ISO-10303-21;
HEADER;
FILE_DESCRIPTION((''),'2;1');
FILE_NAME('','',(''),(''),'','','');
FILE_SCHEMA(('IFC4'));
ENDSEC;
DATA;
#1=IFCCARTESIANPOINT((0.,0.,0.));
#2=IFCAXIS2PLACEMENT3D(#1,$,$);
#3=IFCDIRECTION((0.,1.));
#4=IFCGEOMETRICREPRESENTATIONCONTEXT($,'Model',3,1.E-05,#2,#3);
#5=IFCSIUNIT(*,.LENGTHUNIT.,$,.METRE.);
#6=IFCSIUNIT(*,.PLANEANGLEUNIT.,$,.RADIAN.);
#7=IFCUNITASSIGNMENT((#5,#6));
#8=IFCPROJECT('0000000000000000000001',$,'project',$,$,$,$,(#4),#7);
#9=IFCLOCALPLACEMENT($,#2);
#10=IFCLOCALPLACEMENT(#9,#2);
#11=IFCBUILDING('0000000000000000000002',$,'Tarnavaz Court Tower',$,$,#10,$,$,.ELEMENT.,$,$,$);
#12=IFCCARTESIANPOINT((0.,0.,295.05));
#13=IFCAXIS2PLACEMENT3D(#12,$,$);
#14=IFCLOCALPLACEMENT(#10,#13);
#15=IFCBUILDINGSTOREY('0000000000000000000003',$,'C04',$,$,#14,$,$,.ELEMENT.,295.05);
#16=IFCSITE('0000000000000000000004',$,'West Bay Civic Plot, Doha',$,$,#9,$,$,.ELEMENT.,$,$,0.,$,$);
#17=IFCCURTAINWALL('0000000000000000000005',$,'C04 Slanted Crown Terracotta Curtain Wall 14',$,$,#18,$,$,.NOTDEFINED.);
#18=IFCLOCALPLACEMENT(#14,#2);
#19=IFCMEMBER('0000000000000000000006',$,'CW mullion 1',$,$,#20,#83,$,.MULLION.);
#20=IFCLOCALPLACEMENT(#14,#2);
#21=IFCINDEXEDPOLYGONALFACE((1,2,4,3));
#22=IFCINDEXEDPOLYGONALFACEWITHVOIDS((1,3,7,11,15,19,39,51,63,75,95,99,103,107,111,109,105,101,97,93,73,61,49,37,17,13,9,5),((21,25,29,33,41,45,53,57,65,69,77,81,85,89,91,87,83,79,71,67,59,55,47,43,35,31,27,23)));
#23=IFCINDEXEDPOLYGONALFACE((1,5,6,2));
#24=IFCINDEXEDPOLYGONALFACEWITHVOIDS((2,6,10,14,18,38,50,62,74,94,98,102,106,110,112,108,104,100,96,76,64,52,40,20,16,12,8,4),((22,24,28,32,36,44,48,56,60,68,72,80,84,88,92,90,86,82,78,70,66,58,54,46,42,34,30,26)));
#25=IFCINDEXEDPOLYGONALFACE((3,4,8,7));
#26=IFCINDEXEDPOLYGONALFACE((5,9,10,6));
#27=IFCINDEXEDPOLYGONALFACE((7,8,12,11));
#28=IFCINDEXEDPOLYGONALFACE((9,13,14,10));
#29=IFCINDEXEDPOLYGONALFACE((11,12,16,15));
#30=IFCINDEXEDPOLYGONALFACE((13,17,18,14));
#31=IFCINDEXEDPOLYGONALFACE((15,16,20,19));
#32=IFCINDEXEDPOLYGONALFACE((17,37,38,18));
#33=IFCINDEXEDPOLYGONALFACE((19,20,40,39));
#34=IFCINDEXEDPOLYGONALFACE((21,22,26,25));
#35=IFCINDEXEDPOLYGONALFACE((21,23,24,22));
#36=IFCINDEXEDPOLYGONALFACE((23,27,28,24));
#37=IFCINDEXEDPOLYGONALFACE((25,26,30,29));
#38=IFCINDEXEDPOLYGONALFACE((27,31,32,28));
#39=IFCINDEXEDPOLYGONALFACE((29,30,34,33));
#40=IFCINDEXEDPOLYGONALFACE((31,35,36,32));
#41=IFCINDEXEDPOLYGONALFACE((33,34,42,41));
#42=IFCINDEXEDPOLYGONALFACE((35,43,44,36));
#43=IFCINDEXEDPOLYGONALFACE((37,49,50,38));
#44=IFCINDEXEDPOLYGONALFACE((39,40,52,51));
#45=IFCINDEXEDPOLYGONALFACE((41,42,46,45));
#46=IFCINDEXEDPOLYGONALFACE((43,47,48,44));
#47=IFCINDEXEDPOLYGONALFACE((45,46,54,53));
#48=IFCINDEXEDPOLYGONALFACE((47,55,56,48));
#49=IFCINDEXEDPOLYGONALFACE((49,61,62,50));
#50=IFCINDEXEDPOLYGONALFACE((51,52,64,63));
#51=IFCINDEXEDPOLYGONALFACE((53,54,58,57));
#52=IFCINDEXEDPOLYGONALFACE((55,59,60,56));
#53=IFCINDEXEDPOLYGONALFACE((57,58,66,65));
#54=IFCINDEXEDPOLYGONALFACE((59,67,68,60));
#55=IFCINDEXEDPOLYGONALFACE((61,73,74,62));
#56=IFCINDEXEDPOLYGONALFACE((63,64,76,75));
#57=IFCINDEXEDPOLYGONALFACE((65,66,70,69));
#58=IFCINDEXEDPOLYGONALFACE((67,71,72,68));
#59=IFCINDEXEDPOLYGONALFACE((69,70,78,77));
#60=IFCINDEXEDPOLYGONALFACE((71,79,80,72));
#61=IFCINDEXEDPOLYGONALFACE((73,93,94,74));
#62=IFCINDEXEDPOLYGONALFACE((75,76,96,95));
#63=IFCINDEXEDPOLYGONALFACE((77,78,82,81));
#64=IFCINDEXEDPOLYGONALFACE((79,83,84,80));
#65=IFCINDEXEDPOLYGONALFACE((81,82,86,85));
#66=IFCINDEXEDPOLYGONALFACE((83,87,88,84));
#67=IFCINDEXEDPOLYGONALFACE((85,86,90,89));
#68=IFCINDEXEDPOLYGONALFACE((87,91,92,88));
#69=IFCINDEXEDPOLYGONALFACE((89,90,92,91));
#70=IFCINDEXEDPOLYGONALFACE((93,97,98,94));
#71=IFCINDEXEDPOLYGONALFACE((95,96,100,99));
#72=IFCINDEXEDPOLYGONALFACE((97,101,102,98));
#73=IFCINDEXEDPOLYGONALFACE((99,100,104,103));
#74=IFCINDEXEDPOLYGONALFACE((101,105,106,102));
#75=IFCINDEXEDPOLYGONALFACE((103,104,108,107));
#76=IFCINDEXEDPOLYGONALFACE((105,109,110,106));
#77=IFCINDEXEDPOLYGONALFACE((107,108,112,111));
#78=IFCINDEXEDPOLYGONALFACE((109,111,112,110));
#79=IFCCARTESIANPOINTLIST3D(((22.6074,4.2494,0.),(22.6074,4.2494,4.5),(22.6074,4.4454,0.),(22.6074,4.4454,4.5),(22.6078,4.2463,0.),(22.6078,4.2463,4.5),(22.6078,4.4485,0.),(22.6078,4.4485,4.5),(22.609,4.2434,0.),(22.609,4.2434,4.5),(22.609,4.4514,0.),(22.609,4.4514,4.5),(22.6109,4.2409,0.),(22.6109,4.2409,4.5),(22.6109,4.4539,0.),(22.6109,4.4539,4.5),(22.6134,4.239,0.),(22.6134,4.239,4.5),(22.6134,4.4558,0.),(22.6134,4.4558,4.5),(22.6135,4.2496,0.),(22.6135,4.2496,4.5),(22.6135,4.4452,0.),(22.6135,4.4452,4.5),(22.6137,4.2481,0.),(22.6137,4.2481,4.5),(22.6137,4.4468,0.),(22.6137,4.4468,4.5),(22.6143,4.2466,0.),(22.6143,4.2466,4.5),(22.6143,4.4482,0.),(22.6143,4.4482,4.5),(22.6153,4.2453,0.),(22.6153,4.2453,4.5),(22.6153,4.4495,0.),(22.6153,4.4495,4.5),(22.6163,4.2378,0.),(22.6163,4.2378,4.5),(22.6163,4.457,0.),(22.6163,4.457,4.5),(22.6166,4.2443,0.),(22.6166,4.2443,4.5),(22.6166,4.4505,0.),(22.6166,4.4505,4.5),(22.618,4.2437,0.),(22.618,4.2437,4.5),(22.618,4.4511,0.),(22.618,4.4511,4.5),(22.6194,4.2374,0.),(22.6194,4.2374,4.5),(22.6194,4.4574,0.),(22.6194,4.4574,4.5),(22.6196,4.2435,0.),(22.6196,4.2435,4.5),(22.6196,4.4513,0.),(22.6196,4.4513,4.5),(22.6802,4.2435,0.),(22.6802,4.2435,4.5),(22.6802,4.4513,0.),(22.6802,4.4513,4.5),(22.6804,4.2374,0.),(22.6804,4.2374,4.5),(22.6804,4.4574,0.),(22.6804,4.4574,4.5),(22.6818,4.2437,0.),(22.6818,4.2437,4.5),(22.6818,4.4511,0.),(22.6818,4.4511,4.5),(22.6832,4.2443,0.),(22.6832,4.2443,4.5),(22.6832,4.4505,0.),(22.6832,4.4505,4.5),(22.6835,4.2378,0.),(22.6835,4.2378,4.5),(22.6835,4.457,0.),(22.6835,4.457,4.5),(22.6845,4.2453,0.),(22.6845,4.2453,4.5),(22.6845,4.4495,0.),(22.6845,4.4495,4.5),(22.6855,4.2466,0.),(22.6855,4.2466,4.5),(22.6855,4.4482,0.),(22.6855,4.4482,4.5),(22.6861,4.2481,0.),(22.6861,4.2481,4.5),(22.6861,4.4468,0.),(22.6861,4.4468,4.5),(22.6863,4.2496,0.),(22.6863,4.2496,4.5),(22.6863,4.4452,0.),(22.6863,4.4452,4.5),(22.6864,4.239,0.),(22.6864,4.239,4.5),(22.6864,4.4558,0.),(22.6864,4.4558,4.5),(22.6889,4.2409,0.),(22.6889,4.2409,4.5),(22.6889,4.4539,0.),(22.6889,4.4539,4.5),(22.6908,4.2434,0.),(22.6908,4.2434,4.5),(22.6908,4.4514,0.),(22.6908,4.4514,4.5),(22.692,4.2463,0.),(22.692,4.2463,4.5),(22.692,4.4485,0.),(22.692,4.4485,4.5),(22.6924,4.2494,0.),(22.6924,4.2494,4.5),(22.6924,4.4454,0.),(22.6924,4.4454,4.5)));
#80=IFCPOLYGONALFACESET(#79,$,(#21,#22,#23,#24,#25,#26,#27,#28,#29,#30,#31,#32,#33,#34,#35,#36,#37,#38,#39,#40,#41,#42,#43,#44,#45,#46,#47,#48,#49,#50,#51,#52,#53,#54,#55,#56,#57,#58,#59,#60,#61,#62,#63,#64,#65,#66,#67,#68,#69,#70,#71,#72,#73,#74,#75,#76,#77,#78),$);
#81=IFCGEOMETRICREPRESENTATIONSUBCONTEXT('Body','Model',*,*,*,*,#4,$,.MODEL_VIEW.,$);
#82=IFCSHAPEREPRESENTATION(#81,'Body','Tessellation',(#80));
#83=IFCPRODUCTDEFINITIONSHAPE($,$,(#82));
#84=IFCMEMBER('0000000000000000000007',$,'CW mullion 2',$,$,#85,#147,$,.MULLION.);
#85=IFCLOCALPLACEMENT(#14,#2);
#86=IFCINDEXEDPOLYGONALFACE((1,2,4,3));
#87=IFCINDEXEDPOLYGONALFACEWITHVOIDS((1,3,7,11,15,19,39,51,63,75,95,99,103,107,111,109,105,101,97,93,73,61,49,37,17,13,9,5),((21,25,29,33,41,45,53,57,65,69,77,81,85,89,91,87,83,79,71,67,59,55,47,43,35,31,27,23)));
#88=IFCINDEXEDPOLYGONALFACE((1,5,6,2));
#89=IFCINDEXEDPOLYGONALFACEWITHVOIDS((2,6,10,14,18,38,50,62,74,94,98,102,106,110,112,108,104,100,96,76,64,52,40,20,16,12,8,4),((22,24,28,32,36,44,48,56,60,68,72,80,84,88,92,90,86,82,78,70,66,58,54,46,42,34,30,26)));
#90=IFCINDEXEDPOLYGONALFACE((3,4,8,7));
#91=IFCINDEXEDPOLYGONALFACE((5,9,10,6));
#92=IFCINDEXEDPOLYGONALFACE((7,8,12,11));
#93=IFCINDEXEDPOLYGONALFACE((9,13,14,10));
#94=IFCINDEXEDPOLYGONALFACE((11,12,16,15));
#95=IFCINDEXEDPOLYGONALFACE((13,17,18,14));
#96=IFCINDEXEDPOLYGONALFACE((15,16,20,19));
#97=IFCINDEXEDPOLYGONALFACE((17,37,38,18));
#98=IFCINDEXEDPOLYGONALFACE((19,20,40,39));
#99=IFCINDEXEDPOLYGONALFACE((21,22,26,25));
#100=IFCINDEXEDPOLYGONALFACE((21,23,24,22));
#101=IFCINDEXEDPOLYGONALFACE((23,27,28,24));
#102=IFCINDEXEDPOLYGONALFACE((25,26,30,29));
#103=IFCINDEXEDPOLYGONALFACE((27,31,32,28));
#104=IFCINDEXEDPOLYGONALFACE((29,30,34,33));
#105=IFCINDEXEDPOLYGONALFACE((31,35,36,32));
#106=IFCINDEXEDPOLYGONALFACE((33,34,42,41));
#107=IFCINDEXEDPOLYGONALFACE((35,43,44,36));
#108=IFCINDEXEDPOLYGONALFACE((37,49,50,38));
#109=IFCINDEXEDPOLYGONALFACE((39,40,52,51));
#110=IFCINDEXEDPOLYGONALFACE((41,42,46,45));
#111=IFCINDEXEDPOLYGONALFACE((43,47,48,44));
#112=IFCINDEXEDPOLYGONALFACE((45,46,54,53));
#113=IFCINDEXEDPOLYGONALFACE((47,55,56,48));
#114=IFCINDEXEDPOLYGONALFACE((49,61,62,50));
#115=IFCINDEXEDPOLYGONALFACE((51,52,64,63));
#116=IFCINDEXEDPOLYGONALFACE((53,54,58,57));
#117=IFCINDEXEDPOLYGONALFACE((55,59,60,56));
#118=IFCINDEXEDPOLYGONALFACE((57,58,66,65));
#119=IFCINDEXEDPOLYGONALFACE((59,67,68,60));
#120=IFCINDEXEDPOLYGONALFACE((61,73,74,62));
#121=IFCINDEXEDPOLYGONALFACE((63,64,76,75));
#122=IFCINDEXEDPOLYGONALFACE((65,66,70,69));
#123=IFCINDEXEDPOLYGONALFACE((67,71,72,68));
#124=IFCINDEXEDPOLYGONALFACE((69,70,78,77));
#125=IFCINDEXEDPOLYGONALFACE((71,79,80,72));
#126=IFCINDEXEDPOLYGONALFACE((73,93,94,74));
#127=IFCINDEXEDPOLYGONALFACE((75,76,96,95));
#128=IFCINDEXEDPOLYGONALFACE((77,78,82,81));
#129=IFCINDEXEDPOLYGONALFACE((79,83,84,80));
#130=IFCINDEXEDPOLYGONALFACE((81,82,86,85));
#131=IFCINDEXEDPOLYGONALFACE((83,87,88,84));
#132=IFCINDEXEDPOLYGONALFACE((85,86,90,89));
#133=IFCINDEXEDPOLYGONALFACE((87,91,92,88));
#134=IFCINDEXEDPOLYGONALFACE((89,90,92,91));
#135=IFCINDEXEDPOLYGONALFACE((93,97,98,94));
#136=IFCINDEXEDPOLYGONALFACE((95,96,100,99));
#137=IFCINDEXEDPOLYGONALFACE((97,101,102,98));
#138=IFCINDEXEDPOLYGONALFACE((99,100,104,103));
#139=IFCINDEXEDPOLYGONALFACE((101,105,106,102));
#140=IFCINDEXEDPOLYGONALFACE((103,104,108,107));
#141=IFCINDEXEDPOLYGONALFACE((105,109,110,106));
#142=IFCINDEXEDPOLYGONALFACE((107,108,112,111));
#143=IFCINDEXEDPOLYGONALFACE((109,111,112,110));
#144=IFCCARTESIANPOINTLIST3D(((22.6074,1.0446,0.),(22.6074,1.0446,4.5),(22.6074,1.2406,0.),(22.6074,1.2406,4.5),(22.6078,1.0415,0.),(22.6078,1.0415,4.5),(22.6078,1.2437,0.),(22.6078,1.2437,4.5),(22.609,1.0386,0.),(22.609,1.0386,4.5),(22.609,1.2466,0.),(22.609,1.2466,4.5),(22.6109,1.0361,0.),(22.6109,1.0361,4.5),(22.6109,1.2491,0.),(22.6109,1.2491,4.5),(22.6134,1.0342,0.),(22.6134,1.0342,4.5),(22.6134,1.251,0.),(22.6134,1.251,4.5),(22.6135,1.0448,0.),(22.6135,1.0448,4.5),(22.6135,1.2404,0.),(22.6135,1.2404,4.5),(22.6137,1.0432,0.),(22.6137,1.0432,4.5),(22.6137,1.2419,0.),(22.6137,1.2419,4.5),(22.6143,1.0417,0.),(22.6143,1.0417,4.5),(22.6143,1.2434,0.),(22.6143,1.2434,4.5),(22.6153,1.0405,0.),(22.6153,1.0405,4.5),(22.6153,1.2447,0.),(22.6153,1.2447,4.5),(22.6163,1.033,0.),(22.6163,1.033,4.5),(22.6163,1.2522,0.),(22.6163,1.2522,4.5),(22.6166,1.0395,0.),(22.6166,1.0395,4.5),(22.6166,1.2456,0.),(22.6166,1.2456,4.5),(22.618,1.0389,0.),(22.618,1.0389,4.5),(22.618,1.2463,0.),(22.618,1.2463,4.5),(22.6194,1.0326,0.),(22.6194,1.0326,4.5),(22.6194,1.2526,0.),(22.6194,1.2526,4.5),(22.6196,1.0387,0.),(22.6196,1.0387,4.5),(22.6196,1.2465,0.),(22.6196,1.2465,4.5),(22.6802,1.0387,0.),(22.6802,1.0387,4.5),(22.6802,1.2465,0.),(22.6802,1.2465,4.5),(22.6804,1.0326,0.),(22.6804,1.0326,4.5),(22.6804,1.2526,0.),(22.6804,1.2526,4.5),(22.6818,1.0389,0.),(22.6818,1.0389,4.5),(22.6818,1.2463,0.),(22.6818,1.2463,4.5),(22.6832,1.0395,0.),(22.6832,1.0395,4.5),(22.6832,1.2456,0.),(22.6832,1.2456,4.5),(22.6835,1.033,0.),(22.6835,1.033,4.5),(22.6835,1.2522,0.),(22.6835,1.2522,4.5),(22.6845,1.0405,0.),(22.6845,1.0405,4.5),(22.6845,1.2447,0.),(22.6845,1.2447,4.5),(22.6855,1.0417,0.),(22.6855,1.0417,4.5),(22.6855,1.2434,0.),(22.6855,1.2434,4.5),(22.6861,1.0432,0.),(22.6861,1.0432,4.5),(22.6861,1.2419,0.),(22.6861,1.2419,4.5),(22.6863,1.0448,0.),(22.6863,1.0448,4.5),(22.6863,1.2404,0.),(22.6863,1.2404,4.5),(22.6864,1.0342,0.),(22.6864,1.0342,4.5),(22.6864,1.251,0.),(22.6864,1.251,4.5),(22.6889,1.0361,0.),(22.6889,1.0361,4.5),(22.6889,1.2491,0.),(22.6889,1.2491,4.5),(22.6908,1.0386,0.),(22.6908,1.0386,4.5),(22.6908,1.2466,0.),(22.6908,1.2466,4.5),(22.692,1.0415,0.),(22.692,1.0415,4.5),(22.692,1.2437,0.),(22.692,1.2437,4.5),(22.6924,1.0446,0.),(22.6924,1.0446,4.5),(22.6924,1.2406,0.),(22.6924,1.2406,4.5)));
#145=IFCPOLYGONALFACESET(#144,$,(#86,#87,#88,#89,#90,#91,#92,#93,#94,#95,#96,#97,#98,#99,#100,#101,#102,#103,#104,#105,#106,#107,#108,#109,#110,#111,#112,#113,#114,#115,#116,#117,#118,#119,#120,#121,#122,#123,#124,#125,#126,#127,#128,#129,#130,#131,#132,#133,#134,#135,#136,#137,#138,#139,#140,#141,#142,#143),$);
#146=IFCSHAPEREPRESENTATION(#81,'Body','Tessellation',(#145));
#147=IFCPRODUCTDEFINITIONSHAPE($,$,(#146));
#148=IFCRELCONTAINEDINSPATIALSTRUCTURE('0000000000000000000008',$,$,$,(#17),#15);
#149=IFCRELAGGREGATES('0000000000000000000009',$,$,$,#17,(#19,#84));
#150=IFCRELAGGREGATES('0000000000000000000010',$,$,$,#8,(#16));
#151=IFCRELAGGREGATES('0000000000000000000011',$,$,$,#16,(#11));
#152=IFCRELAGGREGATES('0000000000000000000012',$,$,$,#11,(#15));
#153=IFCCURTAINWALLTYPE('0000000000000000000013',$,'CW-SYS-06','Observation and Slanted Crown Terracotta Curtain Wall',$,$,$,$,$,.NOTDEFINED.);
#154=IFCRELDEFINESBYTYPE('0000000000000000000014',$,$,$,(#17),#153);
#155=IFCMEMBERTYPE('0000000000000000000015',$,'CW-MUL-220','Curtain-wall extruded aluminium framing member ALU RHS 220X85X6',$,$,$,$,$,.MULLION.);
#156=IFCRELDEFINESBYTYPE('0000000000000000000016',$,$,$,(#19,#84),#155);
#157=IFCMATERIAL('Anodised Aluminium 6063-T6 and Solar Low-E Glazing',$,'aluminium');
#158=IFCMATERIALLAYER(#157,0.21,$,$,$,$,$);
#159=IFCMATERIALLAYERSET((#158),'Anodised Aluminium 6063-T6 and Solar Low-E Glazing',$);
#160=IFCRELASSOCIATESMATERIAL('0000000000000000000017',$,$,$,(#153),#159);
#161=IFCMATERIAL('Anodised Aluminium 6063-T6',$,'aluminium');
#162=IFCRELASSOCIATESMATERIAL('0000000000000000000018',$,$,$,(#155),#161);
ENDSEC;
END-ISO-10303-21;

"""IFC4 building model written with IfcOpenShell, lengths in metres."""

from ifc_helpers import new_model, si_unit, direction, frame, origin, origin_2d, place, context, subcontext, project, spatial, hollow_rectangle, extrude, material, layer, layer_set, material_profile, profile_set, type_object, element, aggregate, save


model = new_model("IFC4")

# Units and contexts
model_context = context("Model", 3, precision=1e-05, world=origin(), true_north=direction((0.0, 1.0)))
body_context = subcontext(model_context, "Body", "Model", "MODEL_VIEW")
ifc_project = project(units=[si_unit("LENGTHUNIT", "METRE"), si_unit("PLANEANGLEUNIT", "RADIAN")], contexts=[model_context])

# Site, building, storey
site_placement = place(None, origin())
site = spatial("IfcSite", under=ifc_project, at=site_placement, Name="West Bay Civic Plot, Doha", CompositionType="ELEMENT", RefElevation=0.0)
building_placement = place(site_placement, origin())
building = spatial("IfcBuilding", under=site, at=building_placement, Name="Tarnavaz Court Tower", CompositionType="ELEMENT")
storey_placement = place(building_placement, frame((0.0, 0.0, 295.05)))
storey = spatial("IfcBuildingStorey", under=building, at=storey_placement, Name="C04", CompositionType="ELEMENT", Elevation=295.05)

# Shared definitions
ifc_material_1 = material(Name="Anodised Aluminium 6063-T6 and Solar Low-E Glazing", Category="aluminium")
ifc_layer_1 = layer(ifc_material_1, 0.21)
ifc_layer_set_1 = layer_set([ifc_layer_1], Name="Anodised Aluminium 6063-T6 and Solar Low-E Glazing")
curtain_wall_type = type_object("IfcCurtainWallType", Name="CW-SYS-06", Description="Observation and Slanted Crown Terracotta Curtain Wall", PredefinedType="NOTDEFINED", material=ifc_layer_set_1)
ifc_material_2 = material(Name="Anodised Aluminium 6063-T6", Category="aluminium")
ifc_material_profile_1 = material_profile(ifc_material_2, hollow_rectangle(XDim=0.085, YDim=0.22, WallThickness=0.0061, InnerFilletRadius=0.0061, OuterFilletRadius=0.012, at=origin_2d()), Name="ALU RHS 220X85X6")
ifc_profile_set_1 = profile_set([ifc_material_profile_1], Name="Anodised Aluminium 6063-T6")
member_type_1 = type_object("IfcMemberType", Name="CW-MUL-220", Description="Curtain-wall extruded aluminium framing member ALU RHS 220X85X6", PredefinedType="MULLION", material=ifc_profile_set_1)

# Curtain wall, members
curtain_wall_1_placement = place(storey_placement, origin())
curtain_wall_1 = element("IfcCurtainWall", 1, at=curtain_wall_1_placement, inside=storey, type_object=curtain_wall_type, Name="C04 Slanted Crown Terracotta Curtain Wall 14", PredefinedType="NOTDEFINED")
member_1_placement = place(storey_placement, frame((22.6499, 4.3474, 0.0), z_axis=(0.0, 0.0, 1.0), x_axis=(1.0, 0.0, 0.0)))
member_1 = element("IfcMember", 2, at=member_1_placement, type_object=member_type_1, Name="CW mullion 1", PredefinedType="MULLION", context=body_context, shape_type="SweptSolid", body=[
    extrude(hollow_rectangle(XDim=0.085, YDim=0.22, WallThickness=0.0061, InnerFilletRadius=0.0061, OuterFilletRadius=0.012, at=origin_2d()), origin(), (0.0, 0.0, 1.0), 4.5),
])
member_2_placement = place(storey_placement, frame((22.6499, 1.1426, 0.0), z_axis=(0.0, 0.0, 1.0), x_axis=(1.0, 0.0, 0.0)))
member_2 = element("IfcMember", 3, at=member_2_placement, type_object=member_type_1, Name="CW mullion 2", PredefinedType="MULLION", context=body_context, shape_type="SweptSolid", body=[
    extrude(hollow_rectangle(XDim=0.085, YDim=0.22, WallThickness=0.0061, InnerFilletRadius=0.0061, OuterFilletRadius=0.012, at=origin_2d()), origin(), (0.0, 0.0, 1.0), 4.5),
])

aggregate(curtain_wall_1, [member_1, member_2])

save(model, "model.ifc")
